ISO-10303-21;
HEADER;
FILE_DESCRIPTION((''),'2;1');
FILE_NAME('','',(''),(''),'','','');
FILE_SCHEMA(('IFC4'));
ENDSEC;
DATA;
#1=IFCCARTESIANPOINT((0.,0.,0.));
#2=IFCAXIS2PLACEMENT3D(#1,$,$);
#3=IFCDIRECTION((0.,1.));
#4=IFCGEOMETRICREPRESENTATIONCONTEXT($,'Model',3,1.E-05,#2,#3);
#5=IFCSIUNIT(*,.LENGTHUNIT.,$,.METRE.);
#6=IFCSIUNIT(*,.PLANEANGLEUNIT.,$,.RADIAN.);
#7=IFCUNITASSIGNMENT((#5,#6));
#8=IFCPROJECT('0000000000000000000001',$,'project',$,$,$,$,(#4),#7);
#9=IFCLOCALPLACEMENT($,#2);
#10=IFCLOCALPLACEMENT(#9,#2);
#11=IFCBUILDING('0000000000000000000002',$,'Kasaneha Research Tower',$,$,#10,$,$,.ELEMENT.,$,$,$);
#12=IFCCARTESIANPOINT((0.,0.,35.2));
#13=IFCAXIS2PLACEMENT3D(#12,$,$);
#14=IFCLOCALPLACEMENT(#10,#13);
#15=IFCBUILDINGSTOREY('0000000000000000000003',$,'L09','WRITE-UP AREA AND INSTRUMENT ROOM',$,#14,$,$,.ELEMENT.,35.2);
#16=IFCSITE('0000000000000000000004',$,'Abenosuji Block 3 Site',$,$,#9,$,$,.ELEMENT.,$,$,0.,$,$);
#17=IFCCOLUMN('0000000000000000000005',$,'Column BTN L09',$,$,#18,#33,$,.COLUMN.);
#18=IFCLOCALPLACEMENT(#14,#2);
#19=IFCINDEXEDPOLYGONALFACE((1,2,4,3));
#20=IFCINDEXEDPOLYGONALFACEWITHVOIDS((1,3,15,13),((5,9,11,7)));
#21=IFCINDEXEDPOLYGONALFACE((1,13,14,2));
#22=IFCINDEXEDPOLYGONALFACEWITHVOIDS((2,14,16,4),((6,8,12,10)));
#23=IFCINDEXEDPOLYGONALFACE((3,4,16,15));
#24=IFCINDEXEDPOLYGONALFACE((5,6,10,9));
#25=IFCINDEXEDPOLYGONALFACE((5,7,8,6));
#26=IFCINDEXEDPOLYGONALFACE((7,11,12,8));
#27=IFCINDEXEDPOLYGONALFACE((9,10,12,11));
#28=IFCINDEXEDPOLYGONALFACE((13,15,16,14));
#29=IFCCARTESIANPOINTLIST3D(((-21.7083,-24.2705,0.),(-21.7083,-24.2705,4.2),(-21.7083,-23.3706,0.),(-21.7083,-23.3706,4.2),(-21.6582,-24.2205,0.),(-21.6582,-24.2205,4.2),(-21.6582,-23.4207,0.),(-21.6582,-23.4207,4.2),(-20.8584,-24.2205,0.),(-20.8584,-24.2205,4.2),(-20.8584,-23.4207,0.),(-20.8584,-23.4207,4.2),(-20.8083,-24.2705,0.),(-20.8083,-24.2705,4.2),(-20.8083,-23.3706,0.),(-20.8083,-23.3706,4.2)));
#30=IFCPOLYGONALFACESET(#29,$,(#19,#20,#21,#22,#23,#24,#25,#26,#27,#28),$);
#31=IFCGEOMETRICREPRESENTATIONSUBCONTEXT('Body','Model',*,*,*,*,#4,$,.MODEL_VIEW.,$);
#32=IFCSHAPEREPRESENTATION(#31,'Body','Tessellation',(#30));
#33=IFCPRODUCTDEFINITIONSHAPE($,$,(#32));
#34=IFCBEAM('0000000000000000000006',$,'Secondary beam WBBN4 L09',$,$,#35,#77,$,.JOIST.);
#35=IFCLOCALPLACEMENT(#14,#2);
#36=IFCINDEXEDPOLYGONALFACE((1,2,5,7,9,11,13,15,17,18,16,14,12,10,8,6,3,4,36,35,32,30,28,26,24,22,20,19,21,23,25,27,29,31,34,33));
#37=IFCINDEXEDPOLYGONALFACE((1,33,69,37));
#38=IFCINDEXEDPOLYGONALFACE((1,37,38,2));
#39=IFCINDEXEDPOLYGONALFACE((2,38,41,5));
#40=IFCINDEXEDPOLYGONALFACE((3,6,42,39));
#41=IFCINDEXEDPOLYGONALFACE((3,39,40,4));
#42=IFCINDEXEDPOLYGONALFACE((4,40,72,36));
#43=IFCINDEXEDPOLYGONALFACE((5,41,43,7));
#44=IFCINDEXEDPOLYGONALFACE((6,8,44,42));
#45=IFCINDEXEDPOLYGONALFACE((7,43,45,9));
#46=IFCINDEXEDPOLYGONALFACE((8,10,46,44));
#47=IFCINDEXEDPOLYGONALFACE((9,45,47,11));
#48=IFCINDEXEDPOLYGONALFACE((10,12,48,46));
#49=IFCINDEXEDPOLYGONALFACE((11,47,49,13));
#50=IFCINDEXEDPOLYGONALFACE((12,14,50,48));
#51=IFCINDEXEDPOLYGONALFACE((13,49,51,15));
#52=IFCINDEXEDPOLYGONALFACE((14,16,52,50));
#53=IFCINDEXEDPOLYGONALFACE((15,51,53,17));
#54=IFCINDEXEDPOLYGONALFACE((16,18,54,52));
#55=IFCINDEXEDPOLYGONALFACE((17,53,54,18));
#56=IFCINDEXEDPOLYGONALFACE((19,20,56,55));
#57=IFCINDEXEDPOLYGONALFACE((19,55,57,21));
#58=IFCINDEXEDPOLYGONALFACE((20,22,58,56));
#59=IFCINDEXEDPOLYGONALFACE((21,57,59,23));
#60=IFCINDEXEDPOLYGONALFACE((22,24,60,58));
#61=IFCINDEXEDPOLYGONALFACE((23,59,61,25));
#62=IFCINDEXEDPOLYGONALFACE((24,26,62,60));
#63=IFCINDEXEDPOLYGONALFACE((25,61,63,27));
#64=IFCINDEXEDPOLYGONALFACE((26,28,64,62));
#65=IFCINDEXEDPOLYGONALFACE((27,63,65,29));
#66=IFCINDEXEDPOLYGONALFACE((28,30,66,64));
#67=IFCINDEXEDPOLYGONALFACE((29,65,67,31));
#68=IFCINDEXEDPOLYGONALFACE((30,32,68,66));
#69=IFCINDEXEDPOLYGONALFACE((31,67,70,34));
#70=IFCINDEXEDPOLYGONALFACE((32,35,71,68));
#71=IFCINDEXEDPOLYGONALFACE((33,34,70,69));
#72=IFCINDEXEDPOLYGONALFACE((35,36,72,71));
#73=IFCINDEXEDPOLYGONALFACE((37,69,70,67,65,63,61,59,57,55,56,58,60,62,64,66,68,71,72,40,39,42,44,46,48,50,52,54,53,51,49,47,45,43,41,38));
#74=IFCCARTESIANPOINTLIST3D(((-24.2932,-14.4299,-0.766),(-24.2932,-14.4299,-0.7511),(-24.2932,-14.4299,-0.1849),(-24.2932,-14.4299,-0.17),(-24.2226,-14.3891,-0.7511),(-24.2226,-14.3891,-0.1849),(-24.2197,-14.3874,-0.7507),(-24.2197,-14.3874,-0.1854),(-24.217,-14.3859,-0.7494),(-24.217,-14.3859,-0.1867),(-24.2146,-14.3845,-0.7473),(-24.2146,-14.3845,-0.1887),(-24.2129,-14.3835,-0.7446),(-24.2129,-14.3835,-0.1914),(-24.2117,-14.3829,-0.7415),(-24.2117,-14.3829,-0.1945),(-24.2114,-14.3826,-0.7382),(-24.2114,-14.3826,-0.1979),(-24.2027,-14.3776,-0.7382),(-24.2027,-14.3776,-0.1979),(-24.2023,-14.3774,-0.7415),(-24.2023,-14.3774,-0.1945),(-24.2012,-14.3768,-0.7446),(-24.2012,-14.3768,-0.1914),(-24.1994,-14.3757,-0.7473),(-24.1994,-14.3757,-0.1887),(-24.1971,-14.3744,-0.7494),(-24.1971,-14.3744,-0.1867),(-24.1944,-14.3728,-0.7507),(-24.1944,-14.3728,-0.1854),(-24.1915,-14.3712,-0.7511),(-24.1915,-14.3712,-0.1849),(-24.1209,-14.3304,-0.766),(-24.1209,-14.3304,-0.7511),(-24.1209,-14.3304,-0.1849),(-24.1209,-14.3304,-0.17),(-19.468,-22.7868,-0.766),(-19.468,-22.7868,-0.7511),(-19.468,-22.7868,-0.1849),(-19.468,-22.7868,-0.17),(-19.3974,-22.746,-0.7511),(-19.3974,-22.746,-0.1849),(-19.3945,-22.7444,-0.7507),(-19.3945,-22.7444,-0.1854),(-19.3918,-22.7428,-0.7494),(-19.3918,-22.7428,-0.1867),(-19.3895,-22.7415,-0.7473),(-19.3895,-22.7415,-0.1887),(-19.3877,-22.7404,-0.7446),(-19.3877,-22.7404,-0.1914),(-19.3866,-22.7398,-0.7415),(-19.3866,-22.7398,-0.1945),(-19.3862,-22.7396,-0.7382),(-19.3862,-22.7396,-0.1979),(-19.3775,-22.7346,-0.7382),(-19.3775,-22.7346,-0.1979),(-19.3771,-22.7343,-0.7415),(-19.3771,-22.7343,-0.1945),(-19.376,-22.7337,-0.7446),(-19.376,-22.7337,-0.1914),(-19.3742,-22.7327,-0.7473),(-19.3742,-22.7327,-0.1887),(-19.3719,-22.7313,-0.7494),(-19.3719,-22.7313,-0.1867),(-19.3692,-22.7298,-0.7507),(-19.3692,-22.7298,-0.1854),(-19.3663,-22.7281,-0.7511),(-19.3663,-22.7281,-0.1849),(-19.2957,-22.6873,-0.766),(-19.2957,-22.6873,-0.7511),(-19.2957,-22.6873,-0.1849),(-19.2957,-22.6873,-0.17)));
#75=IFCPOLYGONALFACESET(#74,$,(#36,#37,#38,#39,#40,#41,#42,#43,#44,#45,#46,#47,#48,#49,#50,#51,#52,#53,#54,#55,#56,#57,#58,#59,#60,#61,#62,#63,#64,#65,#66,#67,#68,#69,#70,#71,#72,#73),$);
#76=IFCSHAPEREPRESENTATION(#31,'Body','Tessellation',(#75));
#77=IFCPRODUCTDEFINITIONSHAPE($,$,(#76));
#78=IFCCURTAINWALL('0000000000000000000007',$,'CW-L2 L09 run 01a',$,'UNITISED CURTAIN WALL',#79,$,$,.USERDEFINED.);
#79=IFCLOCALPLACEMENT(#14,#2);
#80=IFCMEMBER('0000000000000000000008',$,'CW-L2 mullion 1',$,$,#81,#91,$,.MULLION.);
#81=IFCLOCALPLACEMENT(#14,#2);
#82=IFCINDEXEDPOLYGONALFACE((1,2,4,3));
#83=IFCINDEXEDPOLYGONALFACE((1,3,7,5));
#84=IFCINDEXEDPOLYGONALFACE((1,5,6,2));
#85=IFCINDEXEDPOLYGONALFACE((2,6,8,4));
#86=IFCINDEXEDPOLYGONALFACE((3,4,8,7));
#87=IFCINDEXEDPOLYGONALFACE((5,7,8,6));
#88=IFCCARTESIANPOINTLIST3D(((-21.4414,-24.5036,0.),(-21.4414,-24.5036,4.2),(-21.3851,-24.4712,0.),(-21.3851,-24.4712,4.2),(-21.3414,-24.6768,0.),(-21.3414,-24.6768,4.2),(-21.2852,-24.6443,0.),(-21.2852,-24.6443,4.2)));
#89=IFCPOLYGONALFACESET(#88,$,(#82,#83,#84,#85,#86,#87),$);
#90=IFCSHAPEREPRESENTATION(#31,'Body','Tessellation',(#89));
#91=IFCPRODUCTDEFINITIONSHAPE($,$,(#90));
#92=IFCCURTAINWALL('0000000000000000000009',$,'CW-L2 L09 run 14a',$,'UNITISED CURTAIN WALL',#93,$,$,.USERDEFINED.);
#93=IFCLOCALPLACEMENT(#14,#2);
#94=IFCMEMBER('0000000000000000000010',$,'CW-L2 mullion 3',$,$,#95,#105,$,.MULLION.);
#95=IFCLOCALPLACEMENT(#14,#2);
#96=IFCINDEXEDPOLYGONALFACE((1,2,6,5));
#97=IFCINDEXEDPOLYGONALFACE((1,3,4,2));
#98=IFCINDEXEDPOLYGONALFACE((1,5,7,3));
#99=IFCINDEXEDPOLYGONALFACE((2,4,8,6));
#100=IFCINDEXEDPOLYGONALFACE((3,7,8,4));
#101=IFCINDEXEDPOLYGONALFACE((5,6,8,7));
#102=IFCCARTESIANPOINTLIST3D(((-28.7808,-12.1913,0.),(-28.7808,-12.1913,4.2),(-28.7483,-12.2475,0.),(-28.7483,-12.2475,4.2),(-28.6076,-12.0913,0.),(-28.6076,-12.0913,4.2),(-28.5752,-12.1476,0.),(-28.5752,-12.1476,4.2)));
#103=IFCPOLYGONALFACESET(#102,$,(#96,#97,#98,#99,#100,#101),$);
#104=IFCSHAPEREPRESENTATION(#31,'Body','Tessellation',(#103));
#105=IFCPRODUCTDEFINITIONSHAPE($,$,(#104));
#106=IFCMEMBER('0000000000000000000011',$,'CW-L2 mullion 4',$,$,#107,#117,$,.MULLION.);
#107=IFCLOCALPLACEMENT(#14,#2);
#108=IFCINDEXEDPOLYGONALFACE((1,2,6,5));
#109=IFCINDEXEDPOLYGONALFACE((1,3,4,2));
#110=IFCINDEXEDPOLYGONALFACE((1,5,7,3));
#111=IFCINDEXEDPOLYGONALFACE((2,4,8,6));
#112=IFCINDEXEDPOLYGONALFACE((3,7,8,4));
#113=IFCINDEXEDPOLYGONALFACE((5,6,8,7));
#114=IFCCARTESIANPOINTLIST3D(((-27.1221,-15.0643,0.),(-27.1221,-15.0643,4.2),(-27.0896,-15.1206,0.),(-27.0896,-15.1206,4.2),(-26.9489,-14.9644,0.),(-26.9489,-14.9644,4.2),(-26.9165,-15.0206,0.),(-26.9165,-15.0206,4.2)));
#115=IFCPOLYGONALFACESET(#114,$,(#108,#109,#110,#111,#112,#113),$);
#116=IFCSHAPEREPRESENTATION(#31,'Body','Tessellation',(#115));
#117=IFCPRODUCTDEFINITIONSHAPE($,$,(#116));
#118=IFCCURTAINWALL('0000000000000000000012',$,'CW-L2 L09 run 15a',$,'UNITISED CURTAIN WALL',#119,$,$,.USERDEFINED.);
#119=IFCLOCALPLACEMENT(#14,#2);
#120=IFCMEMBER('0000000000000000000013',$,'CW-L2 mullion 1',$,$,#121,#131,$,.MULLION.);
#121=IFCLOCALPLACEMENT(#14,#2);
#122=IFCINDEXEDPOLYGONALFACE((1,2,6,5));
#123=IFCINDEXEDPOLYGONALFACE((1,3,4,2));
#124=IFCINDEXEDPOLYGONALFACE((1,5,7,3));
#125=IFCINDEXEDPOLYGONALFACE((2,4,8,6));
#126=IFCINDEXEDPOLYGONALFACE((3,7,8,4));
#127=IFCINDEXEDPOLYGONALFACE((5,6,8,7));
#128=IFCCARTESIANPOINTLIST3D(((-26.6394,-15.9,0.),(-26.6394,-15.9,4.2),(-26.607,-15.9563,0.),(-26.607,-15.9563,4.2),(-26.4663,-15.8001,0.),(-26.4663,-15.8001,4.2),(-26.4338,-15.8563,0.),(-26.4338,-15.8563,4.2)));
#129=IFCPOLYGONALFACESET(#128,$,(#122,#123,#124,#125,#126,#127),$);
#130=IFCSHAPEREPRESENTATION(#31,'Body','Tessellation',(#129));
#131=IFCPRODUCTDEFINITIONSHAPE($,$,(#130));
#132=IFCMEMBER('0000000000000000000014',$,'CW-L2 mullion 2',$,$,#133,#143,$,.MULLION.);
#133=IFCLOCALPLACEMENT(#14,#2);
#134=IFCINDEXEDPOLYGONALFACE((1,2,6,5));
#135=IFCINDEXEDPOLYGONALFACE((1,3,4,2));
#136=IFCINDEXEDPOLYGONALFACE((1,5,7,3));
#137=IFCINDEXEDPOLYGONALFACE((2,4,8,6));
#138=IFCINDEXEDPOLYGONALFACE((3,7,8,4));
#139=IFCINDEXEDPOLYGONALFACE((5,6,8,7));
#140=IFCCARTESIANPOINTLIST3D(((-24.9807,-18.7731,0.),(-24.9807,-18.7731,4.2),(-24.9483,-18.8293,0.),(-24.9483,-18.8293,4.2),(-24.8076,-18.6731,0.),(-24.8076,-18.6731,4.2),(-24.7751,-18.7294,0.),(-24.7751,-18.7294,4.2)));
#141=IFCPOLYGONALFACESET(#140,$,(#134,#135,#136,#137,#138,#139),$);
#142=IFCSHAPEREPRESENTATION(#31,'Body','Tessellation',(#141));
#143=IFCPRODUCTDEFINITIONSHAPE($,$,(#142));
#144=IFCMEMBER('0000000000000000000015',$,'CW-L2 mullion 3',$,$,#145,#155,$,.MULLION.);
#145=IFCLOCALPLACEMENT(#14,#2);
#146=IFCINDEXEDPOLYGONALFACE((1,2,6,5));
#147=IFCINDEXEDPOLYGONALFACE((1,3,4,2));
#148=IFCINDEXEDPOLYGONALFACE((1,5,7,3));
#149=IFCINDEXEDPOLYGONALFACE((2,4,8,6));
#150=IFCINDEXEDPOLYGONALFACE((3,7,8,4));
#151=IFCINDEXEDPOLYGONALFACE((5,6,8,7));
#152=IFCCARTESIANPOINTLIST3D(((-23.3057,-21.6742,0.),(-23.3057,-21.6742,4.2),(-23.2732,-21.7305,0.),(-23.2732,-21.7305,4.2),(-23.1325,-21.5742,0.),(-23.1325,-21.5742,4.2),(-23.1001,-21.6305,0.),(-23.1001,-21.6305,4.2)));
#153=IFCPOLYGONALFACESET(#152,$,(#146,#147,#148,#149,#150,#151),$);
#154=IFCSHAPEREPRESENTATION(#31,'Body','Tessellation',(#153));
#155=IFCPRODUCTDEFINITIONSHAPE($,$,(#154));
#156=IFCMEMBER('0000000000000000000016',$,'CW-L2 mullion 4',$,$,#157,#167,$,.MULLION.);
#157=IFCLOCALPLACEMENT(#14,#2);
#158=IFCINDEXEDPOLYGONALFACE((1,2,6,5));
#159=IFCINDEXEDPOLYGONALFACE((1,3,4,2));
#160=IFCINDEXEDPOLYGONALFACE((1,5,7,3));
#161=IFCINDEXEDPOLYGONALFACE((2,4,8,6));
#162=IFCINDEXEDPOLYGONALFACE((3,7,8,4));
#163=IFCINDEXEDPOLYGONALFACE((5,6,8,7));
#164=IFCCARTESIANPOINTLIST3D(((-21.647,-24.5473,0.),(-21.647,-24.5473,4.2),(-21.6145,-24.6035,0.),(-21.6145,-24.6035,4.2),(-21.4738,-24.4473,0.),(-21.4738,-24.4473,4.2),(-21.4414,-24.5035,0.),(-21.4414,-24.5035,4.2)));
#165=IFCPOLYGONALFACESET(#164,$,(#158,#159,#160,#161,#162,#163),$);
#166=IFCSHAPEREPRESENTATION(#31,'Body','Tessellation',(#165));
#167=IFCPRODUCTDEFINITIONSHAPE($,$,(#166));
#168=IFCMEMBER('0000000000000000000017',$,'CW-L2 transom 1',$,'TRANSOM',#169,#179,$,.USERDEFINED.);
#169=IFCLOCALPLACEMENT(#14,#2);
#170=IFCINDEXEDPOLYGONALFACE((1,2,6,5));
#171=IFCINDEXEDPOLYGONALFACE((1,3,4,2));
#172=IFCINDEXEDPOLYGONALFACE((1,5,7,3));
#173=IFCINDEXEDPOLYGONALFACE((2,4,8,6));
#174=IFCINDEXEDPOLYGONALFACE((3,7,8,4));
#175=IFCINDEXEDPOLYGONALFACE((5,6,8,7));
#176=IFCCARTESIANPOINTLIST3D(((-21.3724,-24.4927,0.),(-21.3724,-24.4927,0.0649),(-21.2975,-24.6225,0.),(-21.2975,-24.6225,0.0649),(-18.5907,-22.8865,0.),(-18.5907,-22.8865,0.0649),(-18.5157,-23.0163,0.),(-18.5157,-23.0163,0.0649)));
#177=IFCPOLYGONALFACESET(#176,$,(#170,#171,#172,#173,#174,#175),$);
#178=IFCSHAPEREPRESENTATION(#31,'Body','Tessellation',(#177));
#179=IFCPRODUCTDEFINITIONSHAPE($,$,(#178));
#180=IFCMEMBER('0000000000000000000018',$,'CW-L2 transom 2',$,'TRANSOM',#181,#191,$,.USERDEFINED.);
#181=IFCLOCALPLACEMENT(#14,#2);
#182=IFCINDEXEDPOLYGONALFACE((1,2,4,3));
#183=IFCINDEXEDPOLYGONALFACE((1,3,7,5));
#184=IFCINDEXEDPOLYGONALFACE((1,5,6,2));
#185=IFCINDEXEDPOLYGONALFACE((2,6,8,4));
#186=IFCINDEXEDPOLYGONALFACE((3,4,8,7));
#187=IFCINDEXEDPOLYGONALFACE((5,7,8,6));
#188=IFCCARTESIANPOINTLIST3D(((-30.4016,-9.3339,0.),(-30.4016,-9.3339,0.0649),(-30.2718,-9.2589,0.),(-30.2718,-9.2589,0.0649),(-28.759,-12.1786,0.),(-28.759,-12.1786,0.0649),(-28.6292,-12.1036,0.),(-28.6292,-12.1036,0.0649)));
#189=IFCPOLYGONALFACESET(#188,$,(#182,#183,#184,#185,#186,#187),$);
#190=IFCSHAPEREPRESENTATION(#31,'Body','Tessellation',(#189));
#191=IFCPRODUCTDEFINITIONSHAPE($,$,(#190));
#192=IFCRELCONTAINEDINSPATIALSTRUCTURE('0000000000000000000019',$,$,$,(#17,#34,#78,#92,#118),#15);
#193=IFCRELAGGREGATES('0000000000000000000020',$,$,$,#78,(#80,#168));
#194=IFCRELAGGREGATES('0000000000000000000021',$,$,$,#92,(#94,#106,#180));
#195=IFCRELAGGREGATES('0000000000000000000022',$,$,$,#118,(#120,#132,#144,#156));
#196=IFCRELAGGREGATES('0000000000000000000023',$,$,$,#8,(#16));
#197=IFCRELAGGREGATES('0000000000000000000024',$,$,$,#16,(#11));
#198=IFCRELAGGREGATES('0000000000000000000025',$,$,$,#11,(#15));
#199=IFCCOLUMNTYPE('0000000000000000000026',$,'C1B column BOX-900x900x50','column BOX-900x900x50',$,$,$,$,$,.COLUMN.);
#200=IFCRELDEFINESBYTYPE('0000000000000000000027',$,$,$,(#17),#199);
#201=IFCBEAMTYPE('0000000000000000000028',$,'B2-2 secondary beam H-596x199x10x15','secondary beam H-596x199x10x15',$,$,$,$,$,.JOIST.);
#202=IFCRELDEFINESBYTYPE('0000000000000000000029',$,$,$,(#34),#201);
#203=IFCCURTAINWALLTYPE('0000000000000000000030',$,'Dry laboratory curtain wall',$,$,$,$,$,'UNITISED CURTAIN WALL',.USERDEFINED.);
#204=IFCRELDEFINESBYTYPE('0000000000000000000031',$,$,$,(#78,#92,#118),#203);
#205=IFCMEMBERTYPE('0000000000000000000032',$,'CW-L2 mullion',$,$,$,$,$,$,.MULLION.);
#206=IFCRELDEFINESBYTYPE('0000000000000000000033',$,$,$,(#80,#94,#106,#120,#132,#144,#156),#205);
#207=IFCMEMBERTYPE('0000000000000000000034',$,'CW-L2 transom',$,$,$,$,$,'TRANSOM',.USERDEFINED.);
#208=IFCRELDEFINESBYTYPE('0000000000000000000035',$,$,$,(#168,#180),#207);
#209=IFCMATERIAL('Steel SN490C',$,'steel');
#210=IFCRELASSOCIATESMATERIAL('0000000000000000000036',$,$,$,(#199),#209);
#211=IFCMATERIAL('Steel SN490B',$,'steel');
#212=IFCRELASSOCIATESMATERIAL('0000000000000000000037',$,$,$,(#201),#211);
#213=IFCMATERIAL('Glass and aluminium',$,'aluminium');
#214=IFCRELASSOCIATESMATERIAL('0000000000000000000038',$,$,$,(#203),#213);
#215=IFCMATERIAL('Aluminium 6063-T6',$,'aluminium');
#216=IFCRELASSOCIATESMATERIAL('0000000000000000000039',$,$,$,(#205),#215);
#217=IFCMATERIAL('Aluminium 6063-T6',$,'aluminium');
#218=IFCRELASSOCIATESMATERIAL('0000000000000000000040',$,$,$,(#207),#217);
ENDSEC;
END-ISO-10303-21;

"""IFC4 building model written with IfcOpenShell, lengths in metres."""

from ifc_helpers import new_model, si_unit, direction, frame, origin, origin_2d, place, context, subcontext, project, spatial, rectangle, hollow_rectangle, i_section, extrude, material, material_profile, profile_set, type_object, element, aggregate, save


model = new_model("IFC4")

# Units and contexts
model_context = context("Model", 3, precision=1e-05, world=origin(), true_north=direction((0.0, 1.0)))
body_context = subcontext(model_context, "Body", "Model", "MODEL_VIEW")
ifc_project = project(units=[si_unit("LENGTHUNIT", "METRE"), si_unit("PLANEANGLEUNIT", "RADIAN")], contexts=[model_context])

# Site, building, storey
site_placement = place(None, origin())
site = spatial("IfcSite", under=ifc_project, at=site_placement, Name="Abenosuji Block 3 Site", CompositionType="ELEMENT", RefElevation=0.0)
building_placement = place(site_placement, origin())
building = spatial("IfcBuilding", under=site, at=building_placement, Name="Kasaneha Research Tower", CompositionType="ELEMENT")
storey_placement = place(building_placement, frame((0.0, 0.0, 35.2)))
storey = spatial("IfcBuildingStorey", under=building, at=storey_placement, Name="L09", Description="WRITE-UP AREA AND INSTRUMENT ROOM", CompositionType="ELEMENT", Elevation=35.2)

# Column
ifc_material_1 = material(Name="Steel SN490C", Category="steel")
ifc_material_profile_1 = material_profile(ifc_material_1, hollow_rectangle(XDim=0.8999, YDim=0.8999, WallThickness=0.05, at=origin_2d()), Name="BOX-900x900x50")
ifc_profile_set_1 = profile_set([ifc_material_profile_1], Name="Steel SN490C")
column_type = type_object("IfcColumnType", Name="C1B column BOX-900x900x50", Description="column BOX-900x900x50", PredefinedType="COLUMN", material=ifc_profile_set_1)
column_placement = place(storey_placement, frame((-21.2583, -23.8206, 0.0), z_axis=(0.0, 0.0, 1.0), x_axis=(1.0, 0.0, 0.0)))
element("IfcColumn", 1, at=column_placement, inside=storey, type_object=column_type, Name="Column BTN L09", PredefinedType="COLUMN", context=body_context, shape_type="SweptSolid", body=[
    extrude(hollow_rectangle(XDim=0.8999, YDim=0.8999, WallThickness=0.05, at=origin_2d()), origin(), (0.0, 0.0, 1.0), 4.2),
])

# Beam
ifc_material_2 = material(Name="Steel SN490B", Category="steel")
ifc_material_profile_2 = material_profile(ifc_material_2, i_section(OverallWidth=0.199, OverallDepth=0.5959, WebThickness=0.01, FlangeThickness=0.0149, FilletRadius=0.0129, at=origin_2d()), Name="H-596x199x10x15")
ifc_profile_set_2 = profile_set([ifc_material_profile_2], Name="Steel SN490B")
beam_type_1 = type_object("IfcBeamType", Name="B2-2 secondary beam H-596x199x10x15", Description="secondary beam H-596x199x10x15", PredefinedType="JOIST", material=ifc_profile_set_2)
beam_1_placement = place(storey_placement, frame((-19.3818, -22.7371, -0.468), z_axis=(-0.500025, 0.866011, 0.0), x_axis=(-0.866011, -0.500025, 0.0)))
element("IfcBeam", 2, at=beam_1_placement, inside=storey, type_object=beam_type_1, Name="Secondary beam WBBN4 L09", PredefinedType="JOIST", context=body_context, shape_type="SweptSolid", body=[
    extrude(i_section(OverallWidth=0.199, OverallDepth=0.5959, WebThickness=0.01, FlangeThickness=0.0149, FilletRadius=0.0129, at=origin_2d()), origin(), (0.0, 0.0, 1.0), 9.6499),
])

# Curtain wall, member
ifc_material_3 = material(Name="Glass and aluminium", Category="aluminium")
curtain_wall_type = type_object("IfcCurtainWallType", Name="Dry laboratory curtain wall", ElementType="UNITISED CURTAIN WALL", PredefinedType="USERDEFINED", material=ifc_material_3)
curtain_wall_1_placement = place(storey_placement, origin())
curtain_wall_1 = element("IfcCurtainWall", 3, at=curtain_wall_1_placement, inside=storey, type_object=curtain_wall_type, Name="CW-L2 L09 run 01a", ObjectType="UNITISED CURTAIN WALL", PredefinedType="USERDEFINED")
ifc_material_4 = material(Name="Aluminium 6063-T6", Category="aluminium")
ifc_material_profile_3 = material_profile(ifc_material_4, rectangle(XDim=0.0649, YDim=0.2, at=origin_2d()), Name="CW-L2 mullion 65x200")
ifc_profile_set_3 = profile_set([ifc_material_profile_3], Name="Aluminium 6063-T6")
member_type_1 = type_object("IfcMemberType", Name="CW-L2 mullion", PredefinedType="MULLION", material=ifc_profile_set_3)
member_1_placement = place(storey_placement, frame((-21.3633, -24.574, 0.0), z_axis=(0.0, 0.0, 1.0), x_axis=(0.866025, 0.5, 0.0)))
member_1 = element("IfcMember", 4, at=member_1_placement, type_object=member_type_1, Name="CW-L2 mullion 1", PredefinedType="MULLION", context=body_context, shape_type="SweptSolid", body=[
    extrude(rectangle(XDim=0.0649, YDim=0.2, at=origin_2d()), origin(), (0.0, 0.0, 1.0), 4.2),
])

# Curtain walls, members
curtain_wall_2_placement = place(storey_placement, origin())
curtain_wall_2 = element("IfcCurtainWall", 5, at=curtain_wall_2_placement, inside=storey, type_object=curtain_wall_type, Name="CW-L2 L09 run 14a", ObjectType="UNITISED CURTAIN WALL", PredefinedType="USERDEFINED")
member_2_placement = place(storey_placement, frame((-28.678, -12.1694, 0.0), z_axis=(0.0, 0.0, 1.0), x_axis=(0.5, -0.866025, 0.0)))
member_2 = element("IfcMember", 6, at=member_2_placement, type_object=member_type_1, Name="CW-L2 mullion 3", PredefinedType="MULLION", context=body_context, shape_type="SweptSolid", body=[
    extrude(rectangle(XDim=0.0649, YDim=0.2, at=origin_2d()), origin(), (0.0, 0.0, 1.0), 4.2),
])
member_3_placement = place(storey_placement, frame((-27.0193, -15.0425, 0.0), z_axis=(0.0, 0.0, 1.0), x_axis=(0.5, -0.866025, 0.0)))
member_3 = element("IfcMember", 7, at=member_3_placement, type_object=member_type_1, Name="CW-L2 mullion 4", PredefinedType="MULLION", context=body_context, shape_type="SweptSolid", body=[
    extrude(rectangle(XDim=0.0649, YDim=0.2, at=origin_2d()), origin(), (0.0, 0.0, 1.0), 4.2),
])
curtain_wall_3_placement = place(storey_placement, origin())
curtain_wall_3 = element("IfcCurtainWall", 8, at=curtain_wall_3_placement, inside=storey, type_object=curtain_wall_type, Name="CW-L2 L09 run 15a", ObjectType="UNITISED CURTAIN WALL", PredefinedType="USERDEFINED")
member_4_placement = place(storey_placement, frame((-26.5366, -15.8782, 0.0), z_axis=(0.0, 0.0, 1.0), x_axis=(0.5, -0.866025, 0.0)))
member_4 = element("IfcMember", 9, at=member_4_placement, type_object=member_type_1, Name="CW-L2 mullion 1", PredefinedType="MULLION", context=body_context, shape_type="SweptSolid", body=[
    extrude(rectangle(XDim=0.0649, YDim=0.2, at=origin_2d()), origin(), (0.0, 0.0, 1.0), 4.2),
])
member_5_placement = place(storey_placement, frame((-24.8779, -18.7512, 0.0), z_axis=(0.0, 0.0, 1.0), x_axis=(0.5, -0.866025, 0.0)))
member_5 = element("IfcMember", 10, at=member_5_placement, type_object=member_type_1, Name="CW-L2 mullion 2", PredefinedType="MULLION", context=body_context, shape_type="SweptSolid", body=[
    extrude(rectangle(XDim=0.0649, YDim=0.2, at=origin_2d()), origin(), (0.0, 0.0, 1.0), 4.2),
])
member_6_placement = place(storey_placement, frame((-23.2029, -21.6523, 0.0), z_axis=(0.0, 0.0, 1.0), x_axis=(0.5, -0.866025, 0.0)))
member_6 = element("IfcMember", 11, at=member_6_placement, type_object=member_type_1, Name="CW-L2 mullion 3", PredefinedType="MULLION", context=body_context, shape_type="SweptSolid", body=[
    extrude(rectangle(XDim=0.0649, YDim=0.2, at=origin_2d()), origin(), (0.0, 0.0, 1.0), 4.2),
])
member_7_placement = place(storey_placement, frame((-21.5442, -24.5254, 0.0), z_axis=(0.0, 0.0, 1.0), x_axis=(0.5, -0.866025, 0.0)))
member_7 = element("IfcMember", 12, at=member_7_placement, type_object=member_type_1, Name="CW-L2 mullion 4", PredefinedType="MULLION", context=body_context, shape_type="SweptSolid", body=[
    extrude(rectangle(XDim=0.0649, YDim=0.2, at=origin_2d()), origin(), (0.0, 0.0, 1.0), 4.2),
])

# Members
ifc_material_5 = material(Name="Aluminium 6063-T6", Category="aluminium")
ifc_material_profile_4 = material_profile(ifc_material_5, rectangle(XDim=0.1499, YDim=0.0649, at=origin_2d()), Name="CW-L2 transom 150x65")
ifc_profile_set_4 = profile_set([ifc_material_profile_4], Name="Aluminium 6063-T6")
member_type_2 = type_object("IfcMemberType", Name="CW-L2 transom", ElementType="TRANSOM", PredefinedType="USERDEFINED", material=ifc_profile_set_4)
member_8_placement = place(storey_placement, frame((-21.335, -24.5576, 0.0325), z_axis=(0.866003, 0.500038, 0.0), x_axis=(-0.500038, 0.866003, 0.0)))
member_8 = element("IfcMember", 13, at=member_8_placement, type_object=member_type_2, Name="CW-L2 transom 1", ObjectType="TRANSOM", PredefinedType="USERDEFINED", context=body_context, shape_type="SweptSolid", body=[
    extrude(rectangle(XDim=0.1499, YDim=0.0649, at=origin_2d()), origin(), (0.0, 0.0, 1.0), 3.2122),
])
member_9_placement = place(storey_placement, frame((-30.3367, -9.2964, 0.0325), z_axis=(0.50004, -0.866002, 0.0), x_axis=(0.866002, 0.50004, 0.0)))
member_9 = element("IfcMember", 14, at=member_9_placement, type_object=member_type_2, Name="CW-L2 transom 2", ObjectType="TRANSOM", PredefinedType="USERDEFINED", context=body_context, shape_type="SweptSolid", body=[
    extrude(rectangle(XDim=0.1499, YDim=0.0649, at=origin_2d()), origin(), (0.0, 0.0, 1.0), 3.2849),
])

aggregate(curtain_wall_1, [member_1, member_8])
aggregate(curtain_wall_2, [member_2, member_3, member_9])
aggregate(curtain_wall_3, [member_4, member_5, member_6, member_7])

save(model, "model.ifc")
